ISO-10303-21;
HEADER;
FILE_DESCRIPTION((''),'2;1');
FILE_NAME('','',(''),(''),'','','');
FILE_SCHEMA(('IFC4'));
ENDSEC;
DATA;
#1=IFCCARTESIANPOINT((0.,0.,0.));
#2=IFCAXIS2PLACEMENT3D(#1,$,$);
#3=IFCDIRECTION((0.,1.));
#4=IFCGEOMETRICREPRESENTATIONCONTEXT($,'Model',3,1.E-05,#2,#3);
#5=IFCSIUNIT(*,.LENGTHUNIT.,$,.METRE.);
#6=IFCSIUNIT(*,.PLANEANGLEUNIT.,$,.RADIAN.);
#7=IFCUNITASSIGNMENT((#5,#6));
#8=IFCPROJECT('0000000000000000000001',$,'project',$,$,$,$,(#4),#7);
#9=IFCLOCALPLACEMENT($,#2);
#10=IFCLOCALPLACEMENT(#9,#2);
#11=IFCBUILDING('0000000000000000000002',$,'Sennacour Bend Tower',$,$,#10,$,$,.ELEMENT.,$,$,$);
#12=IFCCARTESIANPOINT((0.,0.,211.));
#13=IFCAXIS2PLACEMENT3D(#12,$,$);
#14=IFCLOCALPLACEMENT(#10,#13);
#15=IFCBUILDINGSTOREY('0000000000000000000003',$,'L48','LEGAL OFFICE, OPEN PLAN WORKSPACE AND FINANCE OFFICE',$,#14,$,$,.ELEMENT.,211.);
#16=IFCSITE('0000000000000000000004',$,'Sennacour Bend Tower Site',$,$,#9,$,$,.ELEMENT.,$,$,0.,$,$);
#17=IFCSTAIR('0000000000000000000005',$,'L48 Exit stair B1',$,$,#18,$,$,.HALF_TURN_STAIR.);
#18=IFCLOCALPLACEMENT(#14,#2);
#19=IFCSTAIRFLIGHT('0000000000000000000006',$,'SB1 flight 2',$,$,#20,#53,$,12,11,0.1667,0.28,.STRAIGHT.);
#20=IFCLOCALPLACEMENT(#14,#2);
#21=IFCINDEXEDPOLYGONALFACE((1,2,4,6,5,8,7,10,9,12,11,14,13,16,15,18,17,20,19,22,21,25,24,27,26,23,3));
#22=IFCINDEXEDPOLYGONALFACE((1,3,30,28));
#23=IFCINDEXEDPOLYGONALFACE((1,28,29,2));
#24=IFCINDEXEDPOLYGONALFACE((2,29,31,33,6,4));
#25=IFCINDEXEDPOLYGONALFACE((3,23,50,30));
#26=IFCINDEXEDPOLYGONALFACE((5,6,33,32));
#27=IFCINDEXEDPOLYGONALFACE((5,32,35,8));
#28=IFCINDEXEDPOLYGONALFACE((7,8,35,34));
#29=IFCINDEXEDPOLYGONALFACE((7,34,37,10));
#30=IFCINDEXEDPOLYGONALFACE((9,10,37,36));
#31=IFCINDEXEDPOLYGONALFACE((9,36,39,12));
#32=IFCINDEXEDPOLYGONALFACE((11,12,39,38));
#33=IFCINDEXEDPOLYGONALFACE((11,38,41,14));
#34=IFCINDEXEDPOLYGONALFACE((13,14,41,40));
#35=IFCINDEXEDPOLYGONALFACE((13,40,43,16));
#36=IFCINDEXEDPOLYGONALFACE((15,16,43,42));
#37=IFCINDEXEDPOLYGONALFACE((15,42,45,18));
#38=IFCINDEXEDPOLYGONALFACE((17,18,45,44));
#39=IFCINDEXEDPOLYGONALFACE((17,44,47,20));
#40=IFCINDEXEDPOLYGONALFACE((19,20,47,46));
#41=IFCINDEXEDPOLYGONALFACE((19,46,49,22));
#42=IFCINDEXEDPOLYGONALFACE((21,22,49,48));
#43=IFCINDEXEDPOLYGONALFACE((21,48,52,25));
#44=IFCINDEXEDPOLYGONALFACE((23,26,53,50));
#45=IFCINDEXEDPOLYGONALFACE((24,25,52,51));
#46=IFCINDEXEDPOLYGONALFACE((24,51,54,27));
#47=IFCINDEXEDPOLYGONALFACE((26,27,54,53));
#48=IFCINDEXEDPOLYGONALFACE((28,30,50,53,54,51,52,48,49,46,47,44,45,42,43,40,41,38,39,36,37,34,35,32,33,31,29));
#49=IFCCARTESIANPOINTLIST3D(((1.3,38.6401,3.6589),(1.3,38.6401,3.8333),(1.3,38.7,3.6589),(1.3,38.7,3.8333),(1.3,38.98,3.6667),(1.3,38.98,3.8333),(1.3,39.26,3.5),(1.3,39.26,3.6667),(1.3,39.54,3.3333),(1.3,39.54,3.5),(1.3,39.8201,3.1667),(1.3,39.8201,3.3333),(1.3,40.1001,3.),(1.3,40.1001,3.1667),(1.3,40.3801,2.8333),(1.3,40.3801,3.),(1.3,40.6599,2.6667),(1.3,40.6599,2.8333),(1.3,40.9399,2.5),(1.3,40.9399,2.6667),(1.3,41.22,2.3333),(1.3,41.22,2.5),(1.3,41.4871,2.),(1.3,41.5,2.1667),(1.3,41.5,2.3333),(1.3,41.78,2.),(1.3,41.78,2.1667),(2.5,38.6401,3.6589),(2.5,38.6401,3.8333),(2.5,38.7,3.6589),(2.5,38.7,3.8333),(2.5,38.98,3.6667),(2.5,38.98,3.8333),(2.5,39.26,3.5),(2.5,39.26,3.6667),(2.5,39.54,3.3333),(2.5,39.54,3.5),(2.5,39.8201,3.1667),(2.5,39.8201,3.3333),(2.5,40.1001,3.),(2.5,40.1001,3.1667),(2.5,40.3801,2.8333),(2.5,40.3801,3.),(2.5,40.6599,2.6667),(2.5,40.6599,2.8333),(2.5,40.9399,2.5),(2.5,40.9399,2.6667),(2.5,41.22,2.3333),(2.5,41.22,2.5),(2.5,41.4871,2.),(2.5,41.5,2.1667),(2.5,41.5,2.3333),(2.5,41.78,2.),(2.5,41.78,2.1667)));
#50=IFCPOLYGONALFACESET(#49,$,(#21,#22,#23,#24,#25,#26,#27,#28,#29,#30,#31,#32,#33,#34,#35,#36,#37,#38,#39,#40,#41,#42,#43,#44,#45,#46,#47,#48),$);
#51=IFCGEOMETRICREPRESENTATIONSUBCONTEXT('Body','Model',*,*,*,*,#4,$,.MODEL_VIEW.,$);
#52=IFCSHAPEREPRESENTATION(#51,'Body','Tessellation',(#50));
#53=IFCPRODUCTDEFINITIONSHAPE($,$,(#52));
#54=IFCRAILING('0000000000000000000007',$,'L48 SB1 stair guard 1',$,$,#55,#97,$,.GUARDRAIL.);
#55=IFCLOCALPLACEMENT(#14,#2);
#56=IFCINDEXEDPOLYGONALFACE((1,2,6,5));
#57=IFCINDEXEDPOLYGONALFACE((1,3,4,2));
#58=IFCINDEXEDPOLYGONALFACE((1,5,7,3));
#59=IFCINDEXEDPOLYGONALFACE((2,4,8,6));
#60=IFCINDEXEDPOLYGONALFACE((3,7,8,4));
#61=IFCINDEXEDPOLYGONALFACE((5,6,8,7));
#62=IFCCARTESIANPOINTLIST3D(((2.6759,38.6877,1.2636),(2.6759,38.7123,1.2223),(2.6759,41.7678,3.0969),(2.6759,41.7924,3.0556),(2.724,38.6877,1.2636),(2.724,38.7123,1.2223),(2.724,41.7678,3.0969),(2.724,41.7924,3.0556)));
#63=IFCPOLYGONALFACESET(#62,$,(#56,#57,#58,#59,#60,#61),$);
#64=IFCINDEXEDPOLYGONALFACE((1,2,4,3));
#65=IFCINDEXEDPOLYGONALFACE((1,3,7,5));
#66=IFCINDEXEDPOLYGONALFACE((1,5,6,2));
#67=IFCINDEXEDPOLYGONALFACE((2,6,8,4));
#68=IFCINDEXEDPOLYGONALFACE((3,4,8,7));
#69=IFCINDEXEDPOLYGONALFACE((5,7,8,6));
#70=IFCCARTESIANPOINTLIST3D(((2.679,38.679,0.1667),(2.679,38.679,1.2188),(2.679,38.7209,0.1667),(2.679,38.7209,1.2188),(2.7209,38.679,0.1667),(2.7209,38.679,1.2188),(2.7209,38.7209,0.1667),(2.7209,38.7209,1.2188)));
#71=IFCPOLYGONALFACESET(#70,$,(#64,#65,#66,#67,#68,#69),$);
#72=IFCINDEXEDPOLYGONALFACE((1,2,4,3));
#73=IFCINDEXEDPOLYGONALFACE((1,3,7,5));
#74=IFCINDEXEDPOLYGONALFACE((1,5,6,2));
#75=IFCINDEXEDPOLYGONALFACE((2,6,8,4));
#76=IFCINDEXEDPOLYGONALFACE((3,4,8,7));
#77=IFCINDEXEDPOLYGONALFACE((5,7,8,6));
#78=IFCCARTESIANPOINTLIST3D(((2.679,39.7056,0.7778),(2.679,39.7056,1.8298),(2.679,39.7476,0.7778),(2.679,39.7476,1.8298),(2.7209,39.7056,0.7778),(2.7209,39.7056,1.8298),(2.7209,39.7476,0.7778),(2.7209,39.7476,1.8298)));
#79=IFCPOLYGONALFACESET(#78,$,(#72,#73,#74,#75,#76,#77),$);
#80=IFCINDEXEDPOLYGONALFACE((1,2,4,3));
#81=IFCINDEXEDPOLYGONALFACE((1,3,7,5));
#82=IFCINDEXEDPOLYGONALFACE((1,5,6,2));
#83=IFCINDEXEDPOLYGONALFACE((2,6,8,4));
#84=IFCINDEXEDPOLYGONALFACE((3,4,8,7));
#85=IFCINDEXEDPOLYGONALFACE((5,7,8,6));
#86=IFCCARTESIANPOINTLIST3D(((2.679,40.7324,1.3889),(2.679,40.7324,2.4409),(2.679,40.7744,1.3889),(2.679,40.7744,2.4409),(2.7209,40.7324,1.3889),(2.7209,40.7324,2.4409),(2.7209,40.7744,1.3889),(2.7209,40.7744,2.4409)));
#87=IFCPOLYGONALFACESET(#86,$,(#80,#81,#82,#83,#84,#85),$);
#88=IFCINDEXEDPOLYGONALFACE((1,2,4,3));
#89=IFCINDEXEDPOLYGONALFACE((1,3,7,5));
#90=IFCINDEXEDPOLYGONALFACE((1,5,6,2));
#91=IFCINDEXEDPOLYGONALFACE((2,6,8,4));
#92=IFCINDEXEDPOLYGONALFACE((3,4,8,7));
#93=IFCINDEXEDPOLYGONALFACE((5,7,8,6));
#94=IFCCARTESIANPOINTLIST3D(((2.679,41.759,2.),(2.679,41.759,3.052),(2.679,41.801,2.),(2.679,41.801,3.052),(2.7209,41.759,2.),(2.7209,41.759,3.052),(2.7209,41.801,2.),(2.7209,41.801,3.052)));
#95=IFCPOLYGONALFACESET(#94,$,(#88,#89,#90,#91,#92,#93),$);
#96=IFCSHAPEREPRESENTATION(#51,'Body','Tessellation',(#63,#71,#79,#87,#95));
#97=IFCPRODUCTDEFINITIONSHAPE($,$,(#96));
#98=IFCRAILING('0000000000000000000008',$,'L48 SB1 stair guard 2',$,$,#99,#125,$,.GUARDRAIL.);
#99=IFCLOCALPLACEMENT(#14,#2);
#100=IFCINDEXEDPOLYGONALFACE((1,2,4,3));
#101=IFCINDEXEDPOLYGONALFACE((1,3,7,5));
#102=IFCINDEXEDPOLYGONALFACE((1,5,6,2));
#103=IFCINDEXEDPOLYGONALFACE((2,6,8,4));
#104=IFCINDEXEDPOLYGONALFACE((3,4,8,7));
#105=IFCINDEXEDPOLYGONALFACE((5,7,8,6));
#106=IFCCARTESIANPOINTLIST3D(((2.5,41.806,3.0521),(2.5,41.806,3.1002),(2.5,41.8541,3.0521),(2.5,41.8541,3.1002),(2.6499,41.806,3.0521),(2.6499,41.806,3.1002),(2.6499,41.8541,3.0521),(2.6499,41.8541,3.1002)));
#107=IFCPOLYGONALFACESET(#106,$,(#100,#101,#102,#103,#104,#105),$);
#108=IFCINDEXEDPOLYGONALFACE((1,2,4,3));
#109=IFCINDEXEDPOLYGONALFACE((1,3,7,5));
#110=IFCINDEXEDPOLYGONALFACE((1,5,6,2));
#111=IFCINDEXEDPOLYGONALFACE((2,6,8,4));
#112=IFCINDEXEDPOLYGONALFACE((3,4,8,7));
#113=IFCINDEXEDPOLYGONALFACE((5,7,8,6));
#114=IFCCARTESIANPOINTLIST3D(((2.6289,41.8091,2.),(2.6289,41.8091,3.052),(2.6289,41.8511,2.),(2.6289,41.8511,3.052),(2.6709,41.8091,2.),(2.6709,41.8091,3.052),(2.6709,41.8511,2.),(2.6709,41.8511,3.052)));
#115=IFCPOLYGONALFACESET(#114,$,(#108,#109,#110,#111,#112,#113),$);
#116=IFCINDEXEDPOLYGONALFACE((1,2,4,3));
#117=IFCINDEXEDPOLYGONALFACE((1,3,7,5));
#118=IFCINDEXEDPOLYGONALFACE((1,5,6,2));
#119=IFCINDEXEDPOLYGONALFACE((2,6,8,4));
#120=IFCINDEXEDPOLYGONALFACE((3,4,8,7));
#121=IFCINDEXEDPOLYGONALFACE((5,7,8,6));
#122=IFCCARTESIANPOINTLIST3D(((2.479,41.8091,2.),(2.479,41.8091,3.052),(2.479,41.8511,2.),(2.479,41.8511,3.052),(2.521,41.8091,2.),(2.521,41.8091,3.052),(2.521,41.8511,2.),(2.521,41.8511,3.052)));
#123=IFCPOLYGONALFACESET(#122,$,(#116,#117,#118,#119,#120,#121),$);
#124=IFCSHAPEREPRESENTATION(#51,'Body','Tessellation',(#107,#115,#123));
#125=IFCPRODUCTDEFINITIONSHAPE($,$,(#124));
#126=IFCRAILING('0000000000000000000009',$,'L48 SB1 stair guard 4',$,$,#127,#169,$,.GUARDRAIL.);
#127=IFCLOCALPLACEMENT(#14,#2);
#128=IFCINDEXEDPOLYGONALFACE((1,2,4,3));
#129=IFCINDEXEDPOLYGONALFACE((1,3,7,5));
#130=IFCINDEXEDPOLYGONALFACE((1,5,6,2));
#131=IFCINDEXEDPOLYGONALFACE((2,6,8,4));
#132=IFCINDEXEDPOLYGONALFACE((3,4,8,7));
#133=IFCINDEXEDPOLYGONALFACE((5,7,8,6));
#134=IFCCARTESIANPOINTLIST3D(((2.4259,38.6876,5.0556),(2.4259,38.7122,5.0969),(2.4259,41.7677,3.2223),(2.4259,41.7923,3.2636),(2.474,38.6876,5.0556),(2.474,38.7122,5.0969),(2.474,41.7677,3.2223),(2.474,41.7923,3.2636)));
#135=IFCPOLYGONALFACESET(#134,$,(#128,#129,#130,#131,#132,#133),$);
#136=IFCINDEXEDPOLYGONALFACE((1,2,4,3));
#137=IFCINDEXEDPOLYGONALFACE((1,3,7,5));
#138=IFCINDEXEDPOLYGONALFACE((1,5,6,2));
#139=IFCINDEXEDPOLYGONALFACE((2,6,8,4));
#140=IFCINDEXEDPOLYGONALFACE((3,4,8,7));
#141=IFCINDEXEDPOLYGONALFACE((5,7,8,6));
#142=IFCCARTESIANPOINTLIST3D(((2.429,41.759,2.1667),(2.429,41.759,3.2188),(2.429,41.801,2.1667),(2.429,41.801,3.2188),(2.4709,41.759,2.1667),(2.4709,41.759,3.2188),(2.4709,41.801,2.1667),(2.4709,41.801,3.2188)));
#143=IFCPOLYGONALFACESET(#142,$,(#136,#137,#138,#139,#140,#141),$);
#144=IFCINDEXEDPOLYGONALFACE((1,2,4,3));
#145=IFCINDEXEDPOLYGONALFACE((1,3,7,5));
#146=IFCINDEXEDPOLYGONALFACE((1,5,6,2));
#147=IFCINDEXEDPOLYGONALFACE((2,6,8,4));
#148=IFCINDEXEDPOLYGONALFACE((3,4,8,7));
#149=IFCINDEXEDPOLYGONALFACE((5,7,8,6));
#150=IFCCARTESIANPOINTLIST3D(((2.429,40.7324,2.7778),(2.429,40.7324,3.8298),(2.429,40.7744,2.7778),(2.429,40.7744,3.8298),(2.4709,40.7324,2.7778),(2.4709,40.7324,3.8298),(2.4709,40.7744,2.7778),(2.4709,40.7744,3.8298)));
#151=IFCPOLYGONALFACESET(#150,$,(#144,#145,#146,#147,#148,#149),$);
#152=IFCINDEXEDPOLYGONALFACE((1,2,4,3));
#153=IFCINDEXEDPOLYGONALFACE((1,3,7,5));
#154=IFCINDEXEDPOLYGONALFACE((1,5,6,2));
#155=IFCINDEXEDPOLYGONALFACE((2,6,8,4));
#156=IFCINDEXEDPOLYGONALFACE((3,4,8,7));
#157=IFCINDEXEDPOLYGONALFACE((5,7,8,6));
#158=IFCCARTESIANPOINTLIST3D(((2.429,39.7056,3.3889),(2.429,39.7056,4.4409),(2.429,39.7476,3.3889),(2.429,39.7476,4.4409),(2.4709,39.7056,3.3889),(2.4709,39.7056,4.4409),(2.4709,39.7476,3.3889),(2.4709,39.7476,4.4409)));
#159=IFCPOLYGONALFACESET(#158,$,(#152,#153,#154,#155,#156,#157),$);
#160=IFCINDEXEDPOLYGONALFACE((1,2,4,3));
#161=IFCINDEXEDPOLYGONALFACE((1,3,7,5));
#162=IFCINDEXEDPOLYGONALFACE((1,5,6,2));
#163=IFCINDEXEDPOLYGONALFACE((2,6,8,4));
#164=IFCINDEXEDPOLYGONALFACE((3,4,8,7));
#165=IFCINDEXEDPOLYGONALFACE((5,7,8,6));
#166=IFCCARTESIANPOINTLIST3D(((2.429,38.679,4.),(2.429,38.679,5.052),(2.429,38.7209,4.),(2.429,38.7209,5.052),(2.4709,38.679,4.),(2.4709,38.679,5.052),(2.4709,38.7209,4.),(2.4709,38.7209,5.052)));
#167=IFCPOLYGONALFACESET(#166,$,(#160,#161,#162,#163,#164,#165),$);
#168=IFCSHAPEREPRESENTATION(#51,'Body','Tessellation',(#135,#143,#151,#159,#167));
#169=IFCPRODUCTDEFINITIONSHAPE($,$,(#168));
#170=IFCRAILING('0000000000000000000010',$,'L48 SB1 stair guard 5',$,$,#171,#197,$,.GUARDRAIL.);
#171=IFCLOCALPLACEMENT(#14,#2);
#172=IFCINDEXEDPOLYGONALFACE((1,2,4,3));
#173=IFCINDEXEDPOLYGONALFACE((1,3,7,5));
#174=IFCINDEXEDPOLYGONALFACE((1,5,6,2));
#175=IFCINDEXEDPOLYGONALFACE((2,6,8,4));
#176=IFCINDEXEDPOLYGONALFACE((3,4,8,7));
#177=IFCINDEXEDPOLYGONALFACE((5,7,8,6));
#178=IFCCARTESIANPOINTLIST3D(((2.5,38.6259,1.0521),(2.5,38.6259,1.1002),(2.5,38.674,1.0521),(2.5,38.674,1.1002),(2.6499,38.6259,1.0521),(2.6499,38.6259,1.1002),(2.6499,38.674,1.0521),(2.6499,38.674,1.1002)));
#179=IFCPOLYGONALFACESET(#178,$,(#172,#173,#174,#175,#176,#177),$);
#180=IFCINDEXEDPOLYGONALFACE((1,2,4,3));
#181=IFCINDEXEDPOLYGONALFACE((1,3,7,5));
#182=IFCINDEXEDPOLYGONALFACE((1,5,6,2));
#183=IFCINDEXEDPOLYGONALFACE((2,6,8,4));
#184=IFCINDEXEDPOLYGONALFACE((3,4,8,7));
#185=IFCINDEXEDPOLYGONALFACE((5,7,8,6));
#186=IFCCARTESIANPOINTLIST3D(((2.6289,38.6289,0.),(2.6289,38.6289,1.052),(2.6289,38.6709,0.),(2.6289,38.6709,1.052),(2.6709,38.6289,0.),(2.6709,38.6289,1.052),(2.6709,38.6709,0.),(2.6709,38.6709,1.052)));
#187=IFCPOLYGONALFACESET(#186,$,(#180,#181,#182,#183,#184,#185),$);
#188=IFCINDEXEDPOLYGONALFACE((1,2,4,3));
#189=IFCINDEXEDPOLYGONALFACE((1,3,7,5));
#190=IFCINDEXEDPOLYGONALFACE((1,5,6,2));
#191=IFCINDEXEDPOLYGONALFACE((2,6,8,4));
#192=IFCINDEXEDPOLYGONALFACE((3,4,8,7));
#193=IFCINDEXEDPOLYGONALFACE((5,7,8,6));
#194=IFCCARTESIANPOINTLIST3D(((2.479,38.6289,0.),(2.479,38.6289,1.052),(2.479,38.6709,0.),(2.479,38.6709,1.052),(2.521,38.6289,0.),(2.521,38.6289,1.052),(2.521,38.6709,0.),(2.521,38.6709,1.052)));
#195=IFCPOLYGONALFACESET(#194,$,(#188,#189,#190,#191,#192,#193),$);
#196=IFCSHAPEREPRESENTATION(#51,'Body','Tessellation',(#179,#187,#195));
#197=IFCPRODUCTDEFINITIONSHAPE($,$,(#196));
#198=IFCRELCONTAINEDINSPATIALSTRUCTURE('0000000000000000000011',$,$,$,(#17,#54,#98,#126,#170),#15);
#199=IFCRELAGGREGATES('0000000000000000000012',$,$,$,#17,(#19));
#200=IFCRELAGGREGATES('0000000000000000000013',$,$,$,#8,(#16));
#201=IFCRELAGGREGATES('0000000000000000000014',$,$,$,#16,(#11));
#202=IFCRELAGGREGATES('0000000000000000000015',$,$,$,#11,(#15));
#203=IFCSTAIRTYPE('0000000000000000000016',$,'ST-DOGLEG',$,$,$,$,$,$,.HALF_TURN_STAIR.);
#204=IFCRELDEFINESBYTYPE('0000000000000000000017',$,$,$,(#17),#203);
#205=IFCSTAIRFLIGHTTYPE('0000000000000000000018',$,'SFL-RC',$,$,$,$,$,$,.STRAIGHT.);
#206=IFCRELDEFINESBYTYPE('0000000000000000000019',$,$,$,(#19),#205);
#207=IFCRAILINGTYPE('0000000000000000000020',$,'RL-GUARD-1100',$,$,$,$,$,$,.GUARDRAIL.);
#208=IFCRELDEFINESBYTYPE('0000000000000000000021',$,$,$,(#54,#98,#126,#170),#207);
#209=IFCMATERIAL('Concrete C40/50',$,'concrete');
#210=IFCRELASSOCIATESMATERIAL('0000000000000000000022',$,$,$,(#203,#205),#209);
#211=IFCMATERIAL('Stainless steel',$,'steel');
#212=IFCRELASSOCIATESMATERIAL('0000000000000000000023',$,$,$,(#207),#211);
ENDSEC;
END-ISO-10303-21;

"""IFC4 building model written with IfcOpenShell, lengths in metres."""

from ifc_helpers import new_model, si_unit, direction, frame, origin, origin_2d, place, context, subcontext, project, spatial, polyline, rectangle, outline, extrude, material, type_object, element, aggregate, save


model = new_model("IFC4")

# Units and contexts
model_context = context("Model", 3, precision=1e-05, world=origin(), true_north=direction((0.0, 1.0)))
body_context = subcontext(model_context, "Body", "Model", "MODEL_VIEW")
ifc_project = project(units=[si_unit("LENGTHUNIT", "METRE"), si_unit("PLANEANGLEUNIT", "RADIAN")], contexts=[model_context])

# Site, building, storey
site_placement = place(None, origin())
site = spatial("IfcSite", under=ifc_project, at=site_placement, Name="Sennacour Bend Tower Site", CompositionType="ELEMENT", RefElevation=0.0)
building_placement = place(site_placement, origin())
building = spatial("IfcBuilding", under=site, at=building_placement, Name="Sennacour Bend Tower", CompositionType="ELEMENT")
storey_placement = place(building_placement, frame((0.0, 0.0, 211.0)))
storey = spatial("IfcBuildingStorey", under=building, at=storey_placement, Name="L48", Description="LEGAL OFFICE, OPEN PLAN WORKSPACE AND FINANCE OFFICE", CompositionType="ELEMENT", Elevation=211.0)

# Shared definitions
ifc_material_1 = material(Name="Stainless steel", Category="steel")

# Stair, stair flight
ifc_material_2 = material(Name="Concrete C40/50", Category="concrete")
stair_type = type_object("IfcStairType", Name="ST-DOGLEG", PredefinedType="HALF_TURN_STAIR", material=ifc_material_2)
stair_placement = place(storey_placement, origin())
stair = element("IfcStair", 1, at=stair_placement, inside=storey, type_object=stair_type, Name="L48 Exit stair B1", PredefinedType="HALF_TURN_STAIR")
stair_flight_type = type_object("IfcStairFlightType", Name="SFL-RC", PredefinedType="STRAIGHT", material=ifc_material_2)
stair_flight_1_placement = place(storey_placement, frame((1.8999, 41.78, 2.0), z_axis=(0.0, 0.0, 1.0), x_axis=(0.0, -1.0, 0.0)))
stair_flight_1 = element("IfcStairFlight", 2, at=stair_flight_1_placement, type_object=stair_flight_type, Name="SB1 flight 2", NumberOfRisers=12, NumberOfTreads=11, PredefinedType="STRAIGHT", RiserHeight=0.1667, TreadLength=0.28, context=body_context, shape_type="SweptSolid", body=[
    extrude(outline(polyline([(0.0, 0.0), (0.0, 0.1667), (0.28, 0.1667), (0.28, 0.3333), (0.5601, 0.3333), (0.5601, 0.5), (0.8401, 0.5), (0.8401, 0.6667), (1.1201, 0.6667), (1.1201, 0.8333), (1.3999, 0.8333), (1.3999, 1.0), (1.6799, 1.0), (1.6799, 1.1667), (1.96, 1.1667), (1.96, 1.3333), (2.24, 1.3333), (2.24, 1.5), (2.52, 1.5), (2.52, 1.6667), (2.8, 1.6667), (2.8, 1.8333), (3.0801, 1.8333), (3.1399, 1.8333), (3.1399, 1.6589), (3.0801, 1.6589), (0.293, 0.0), (0.0, 0.0)])), frame((0.0, 0.6001, 0.0), z_axis=(0.0, -1.0, 0.0), x_axis=(1.0, 0.0, 0.0)), (0.0, 0.0, 1.0), 1.2),
])
aggregate(stair, [stair_flight_1])

# Railings
railing_type_1 = type_object("IfcRailingType", Name="RL-GUARD-1100", PredefinedType="GUARDRAIL", material=ifc_material_1)
railing_1_placement = place(storey_placement, frame((2.7, 38.7, 0.1667)))
element("IfcRailing", 3, at=railing_1_placement, inside=storey, type_object=railing_type_1, Name="L48 SB1 stair guard 1", PredefinedType="GUARDRAIL", context=body_context, shape_type="SweptSolid", body=[
    extrude(rectangle(XDim=0.0481, YDim=0.0481, at=origin_2d()), frame((0.0, 0.0, 1.0762), z_axis=(0.0, 0.859309, 0.511458), x_axis=(-1.0, 0.0, 0.0)), (0.0, 0.0, 1.0), 3.5845),
    extrude(rectangle(XDim=0.042, YDim=0.042, at=origin_2d()), origin(), (0.0, 0.0, 1.0), 1.052),
    extrude(rectangle(XDim=0.042, YDim=0.042, at=origin_2d()), frame((0.0, 1.0266, 0.6111)), (0.0, 0.0, 1.0), 1.052),
    extrude(rectangle(XDim=0.042, YDim=0.042, at=origin_2d()), frame((0.0, 2.0535, 1.2222)), (0.0, 0.0, 1.0), 1.052),
    extrude(rectangle(XDim=0.042, YDim=0.042, at=origin_2d()), frame((0.0, 3.0801, 1.8333)), (0.0, 0.0, 1.0), 1.052),
])
railing_2_placement = place(storey_placement, frame((2.6499, 41.8301, 2.0)))
element("IfcRailing", 4, at=railing_2_placement, inside=storey, type_object=railing_type_1, Name="L48 SB1 stair guard 2", PredefinedType="GUARDRAIL", context=body_context, shape_type="SweptSolid", body=[
    extrude(rectangle(XDim=0.0481, YDim=0.0481, at=origin_2d()), frame((0.0, 0.0, 1.0762), z_axis=(-1.0, 0.0, 0.0), x_axis=(0.0, -1.0, 0.0)), (0.0, 0.0, 1.0), 0.1499),
    extrude(rectangle(XDim=0.042, YDim=0.042, at=origin_2d()), origin(), (0.0, 0.0, 1.0), 1.052),
    extrude(rectangle(XDim=0.042, YDim=0.042, at=origin_2d()), frame((-0.1499, 0.0, 0.0)), (0.0, 0.0, 1.0), 1.052),
])
railing_3_placement = place(storey_placement, frame((2.45, 41.78, 2.1667)))
element("IfcRailing", 5, at=railing_3_placement, inside=storey, type_object=railing_type_1, Name="L48 SB1 stair guard 4", PredefinedType="GUARDRAIL", context=body_context, shape_type="SweptSolid", body=[
    extrude(rectangle(XDim=0.0481, YDim=0.0481, at=origin_2d()), frame((0.0, 0.0, 1.0762), z_axis=(0.0, -0.859309, 0.511458), x_axis=(1.0, 0.0, 0.0)), (0.0, 0.0, 1.0), 3.5845),
    extrude(rectangle(XDim=0.042, YDim=0.042, at=origin_2d()), origin(), (0.0, 0.0, 1.0), 1.052),
    extrude(rectangle(XDim=0.042, YDim=0.042, at=origin_2d()), frame((0.0, -1.0266, 0.6111)), (0.0, 0.0, 1.0), 1.052),
    extrude(rectangle(XDim=0.042, YDim=0.042, at=origin_2d()), frame((0.0, -2.0535, 1.2222)), (0.0, 0.0, 1.0), 1.052),
    extrude(rectangle(XDim=0.042, YDim=0.042, at=origin_2d()), frame((0.0, -3.0801, 1.8333)), (0.0, 0.0, 1.0), 1.052),
])
railing_4_placement = place(storey_placement, frame((2.6499, 38.6499, 0.0)))
element("IfcRailing", 6, at=railing_4_placement, inside=storey, type_object=railing_type_1, Name="L48 SB1 stair guard 5", PredefinedType="GUARDRAIL", context=body_context, shape_type="SweptSolid", body=[
    extrude(rectangle(XDim=0.0481, YDim=0.0481, at=origin_2d()), frame((0.0, 0.0, 1.0762), z_axis=(-1.0, 0.0, 0.0), x_axis=(0.0, -1.0, 0.0)), (0.0, 0.0, 1.0), 0.1499),
    extrude(rectangle(XDim=0.042, YDim=0.042, at=origin_2d()), origin(), (0.0, 0.0, 1.0), 1.052),
    extrude(rectangle(XDim=0.042, YDim=0.042, at=origin_2d()), frame((-0.1499, 0.0, 0.0)), (0.0, 0.0, 1.0), 1.052),
])

save(model, "model.ifc")
